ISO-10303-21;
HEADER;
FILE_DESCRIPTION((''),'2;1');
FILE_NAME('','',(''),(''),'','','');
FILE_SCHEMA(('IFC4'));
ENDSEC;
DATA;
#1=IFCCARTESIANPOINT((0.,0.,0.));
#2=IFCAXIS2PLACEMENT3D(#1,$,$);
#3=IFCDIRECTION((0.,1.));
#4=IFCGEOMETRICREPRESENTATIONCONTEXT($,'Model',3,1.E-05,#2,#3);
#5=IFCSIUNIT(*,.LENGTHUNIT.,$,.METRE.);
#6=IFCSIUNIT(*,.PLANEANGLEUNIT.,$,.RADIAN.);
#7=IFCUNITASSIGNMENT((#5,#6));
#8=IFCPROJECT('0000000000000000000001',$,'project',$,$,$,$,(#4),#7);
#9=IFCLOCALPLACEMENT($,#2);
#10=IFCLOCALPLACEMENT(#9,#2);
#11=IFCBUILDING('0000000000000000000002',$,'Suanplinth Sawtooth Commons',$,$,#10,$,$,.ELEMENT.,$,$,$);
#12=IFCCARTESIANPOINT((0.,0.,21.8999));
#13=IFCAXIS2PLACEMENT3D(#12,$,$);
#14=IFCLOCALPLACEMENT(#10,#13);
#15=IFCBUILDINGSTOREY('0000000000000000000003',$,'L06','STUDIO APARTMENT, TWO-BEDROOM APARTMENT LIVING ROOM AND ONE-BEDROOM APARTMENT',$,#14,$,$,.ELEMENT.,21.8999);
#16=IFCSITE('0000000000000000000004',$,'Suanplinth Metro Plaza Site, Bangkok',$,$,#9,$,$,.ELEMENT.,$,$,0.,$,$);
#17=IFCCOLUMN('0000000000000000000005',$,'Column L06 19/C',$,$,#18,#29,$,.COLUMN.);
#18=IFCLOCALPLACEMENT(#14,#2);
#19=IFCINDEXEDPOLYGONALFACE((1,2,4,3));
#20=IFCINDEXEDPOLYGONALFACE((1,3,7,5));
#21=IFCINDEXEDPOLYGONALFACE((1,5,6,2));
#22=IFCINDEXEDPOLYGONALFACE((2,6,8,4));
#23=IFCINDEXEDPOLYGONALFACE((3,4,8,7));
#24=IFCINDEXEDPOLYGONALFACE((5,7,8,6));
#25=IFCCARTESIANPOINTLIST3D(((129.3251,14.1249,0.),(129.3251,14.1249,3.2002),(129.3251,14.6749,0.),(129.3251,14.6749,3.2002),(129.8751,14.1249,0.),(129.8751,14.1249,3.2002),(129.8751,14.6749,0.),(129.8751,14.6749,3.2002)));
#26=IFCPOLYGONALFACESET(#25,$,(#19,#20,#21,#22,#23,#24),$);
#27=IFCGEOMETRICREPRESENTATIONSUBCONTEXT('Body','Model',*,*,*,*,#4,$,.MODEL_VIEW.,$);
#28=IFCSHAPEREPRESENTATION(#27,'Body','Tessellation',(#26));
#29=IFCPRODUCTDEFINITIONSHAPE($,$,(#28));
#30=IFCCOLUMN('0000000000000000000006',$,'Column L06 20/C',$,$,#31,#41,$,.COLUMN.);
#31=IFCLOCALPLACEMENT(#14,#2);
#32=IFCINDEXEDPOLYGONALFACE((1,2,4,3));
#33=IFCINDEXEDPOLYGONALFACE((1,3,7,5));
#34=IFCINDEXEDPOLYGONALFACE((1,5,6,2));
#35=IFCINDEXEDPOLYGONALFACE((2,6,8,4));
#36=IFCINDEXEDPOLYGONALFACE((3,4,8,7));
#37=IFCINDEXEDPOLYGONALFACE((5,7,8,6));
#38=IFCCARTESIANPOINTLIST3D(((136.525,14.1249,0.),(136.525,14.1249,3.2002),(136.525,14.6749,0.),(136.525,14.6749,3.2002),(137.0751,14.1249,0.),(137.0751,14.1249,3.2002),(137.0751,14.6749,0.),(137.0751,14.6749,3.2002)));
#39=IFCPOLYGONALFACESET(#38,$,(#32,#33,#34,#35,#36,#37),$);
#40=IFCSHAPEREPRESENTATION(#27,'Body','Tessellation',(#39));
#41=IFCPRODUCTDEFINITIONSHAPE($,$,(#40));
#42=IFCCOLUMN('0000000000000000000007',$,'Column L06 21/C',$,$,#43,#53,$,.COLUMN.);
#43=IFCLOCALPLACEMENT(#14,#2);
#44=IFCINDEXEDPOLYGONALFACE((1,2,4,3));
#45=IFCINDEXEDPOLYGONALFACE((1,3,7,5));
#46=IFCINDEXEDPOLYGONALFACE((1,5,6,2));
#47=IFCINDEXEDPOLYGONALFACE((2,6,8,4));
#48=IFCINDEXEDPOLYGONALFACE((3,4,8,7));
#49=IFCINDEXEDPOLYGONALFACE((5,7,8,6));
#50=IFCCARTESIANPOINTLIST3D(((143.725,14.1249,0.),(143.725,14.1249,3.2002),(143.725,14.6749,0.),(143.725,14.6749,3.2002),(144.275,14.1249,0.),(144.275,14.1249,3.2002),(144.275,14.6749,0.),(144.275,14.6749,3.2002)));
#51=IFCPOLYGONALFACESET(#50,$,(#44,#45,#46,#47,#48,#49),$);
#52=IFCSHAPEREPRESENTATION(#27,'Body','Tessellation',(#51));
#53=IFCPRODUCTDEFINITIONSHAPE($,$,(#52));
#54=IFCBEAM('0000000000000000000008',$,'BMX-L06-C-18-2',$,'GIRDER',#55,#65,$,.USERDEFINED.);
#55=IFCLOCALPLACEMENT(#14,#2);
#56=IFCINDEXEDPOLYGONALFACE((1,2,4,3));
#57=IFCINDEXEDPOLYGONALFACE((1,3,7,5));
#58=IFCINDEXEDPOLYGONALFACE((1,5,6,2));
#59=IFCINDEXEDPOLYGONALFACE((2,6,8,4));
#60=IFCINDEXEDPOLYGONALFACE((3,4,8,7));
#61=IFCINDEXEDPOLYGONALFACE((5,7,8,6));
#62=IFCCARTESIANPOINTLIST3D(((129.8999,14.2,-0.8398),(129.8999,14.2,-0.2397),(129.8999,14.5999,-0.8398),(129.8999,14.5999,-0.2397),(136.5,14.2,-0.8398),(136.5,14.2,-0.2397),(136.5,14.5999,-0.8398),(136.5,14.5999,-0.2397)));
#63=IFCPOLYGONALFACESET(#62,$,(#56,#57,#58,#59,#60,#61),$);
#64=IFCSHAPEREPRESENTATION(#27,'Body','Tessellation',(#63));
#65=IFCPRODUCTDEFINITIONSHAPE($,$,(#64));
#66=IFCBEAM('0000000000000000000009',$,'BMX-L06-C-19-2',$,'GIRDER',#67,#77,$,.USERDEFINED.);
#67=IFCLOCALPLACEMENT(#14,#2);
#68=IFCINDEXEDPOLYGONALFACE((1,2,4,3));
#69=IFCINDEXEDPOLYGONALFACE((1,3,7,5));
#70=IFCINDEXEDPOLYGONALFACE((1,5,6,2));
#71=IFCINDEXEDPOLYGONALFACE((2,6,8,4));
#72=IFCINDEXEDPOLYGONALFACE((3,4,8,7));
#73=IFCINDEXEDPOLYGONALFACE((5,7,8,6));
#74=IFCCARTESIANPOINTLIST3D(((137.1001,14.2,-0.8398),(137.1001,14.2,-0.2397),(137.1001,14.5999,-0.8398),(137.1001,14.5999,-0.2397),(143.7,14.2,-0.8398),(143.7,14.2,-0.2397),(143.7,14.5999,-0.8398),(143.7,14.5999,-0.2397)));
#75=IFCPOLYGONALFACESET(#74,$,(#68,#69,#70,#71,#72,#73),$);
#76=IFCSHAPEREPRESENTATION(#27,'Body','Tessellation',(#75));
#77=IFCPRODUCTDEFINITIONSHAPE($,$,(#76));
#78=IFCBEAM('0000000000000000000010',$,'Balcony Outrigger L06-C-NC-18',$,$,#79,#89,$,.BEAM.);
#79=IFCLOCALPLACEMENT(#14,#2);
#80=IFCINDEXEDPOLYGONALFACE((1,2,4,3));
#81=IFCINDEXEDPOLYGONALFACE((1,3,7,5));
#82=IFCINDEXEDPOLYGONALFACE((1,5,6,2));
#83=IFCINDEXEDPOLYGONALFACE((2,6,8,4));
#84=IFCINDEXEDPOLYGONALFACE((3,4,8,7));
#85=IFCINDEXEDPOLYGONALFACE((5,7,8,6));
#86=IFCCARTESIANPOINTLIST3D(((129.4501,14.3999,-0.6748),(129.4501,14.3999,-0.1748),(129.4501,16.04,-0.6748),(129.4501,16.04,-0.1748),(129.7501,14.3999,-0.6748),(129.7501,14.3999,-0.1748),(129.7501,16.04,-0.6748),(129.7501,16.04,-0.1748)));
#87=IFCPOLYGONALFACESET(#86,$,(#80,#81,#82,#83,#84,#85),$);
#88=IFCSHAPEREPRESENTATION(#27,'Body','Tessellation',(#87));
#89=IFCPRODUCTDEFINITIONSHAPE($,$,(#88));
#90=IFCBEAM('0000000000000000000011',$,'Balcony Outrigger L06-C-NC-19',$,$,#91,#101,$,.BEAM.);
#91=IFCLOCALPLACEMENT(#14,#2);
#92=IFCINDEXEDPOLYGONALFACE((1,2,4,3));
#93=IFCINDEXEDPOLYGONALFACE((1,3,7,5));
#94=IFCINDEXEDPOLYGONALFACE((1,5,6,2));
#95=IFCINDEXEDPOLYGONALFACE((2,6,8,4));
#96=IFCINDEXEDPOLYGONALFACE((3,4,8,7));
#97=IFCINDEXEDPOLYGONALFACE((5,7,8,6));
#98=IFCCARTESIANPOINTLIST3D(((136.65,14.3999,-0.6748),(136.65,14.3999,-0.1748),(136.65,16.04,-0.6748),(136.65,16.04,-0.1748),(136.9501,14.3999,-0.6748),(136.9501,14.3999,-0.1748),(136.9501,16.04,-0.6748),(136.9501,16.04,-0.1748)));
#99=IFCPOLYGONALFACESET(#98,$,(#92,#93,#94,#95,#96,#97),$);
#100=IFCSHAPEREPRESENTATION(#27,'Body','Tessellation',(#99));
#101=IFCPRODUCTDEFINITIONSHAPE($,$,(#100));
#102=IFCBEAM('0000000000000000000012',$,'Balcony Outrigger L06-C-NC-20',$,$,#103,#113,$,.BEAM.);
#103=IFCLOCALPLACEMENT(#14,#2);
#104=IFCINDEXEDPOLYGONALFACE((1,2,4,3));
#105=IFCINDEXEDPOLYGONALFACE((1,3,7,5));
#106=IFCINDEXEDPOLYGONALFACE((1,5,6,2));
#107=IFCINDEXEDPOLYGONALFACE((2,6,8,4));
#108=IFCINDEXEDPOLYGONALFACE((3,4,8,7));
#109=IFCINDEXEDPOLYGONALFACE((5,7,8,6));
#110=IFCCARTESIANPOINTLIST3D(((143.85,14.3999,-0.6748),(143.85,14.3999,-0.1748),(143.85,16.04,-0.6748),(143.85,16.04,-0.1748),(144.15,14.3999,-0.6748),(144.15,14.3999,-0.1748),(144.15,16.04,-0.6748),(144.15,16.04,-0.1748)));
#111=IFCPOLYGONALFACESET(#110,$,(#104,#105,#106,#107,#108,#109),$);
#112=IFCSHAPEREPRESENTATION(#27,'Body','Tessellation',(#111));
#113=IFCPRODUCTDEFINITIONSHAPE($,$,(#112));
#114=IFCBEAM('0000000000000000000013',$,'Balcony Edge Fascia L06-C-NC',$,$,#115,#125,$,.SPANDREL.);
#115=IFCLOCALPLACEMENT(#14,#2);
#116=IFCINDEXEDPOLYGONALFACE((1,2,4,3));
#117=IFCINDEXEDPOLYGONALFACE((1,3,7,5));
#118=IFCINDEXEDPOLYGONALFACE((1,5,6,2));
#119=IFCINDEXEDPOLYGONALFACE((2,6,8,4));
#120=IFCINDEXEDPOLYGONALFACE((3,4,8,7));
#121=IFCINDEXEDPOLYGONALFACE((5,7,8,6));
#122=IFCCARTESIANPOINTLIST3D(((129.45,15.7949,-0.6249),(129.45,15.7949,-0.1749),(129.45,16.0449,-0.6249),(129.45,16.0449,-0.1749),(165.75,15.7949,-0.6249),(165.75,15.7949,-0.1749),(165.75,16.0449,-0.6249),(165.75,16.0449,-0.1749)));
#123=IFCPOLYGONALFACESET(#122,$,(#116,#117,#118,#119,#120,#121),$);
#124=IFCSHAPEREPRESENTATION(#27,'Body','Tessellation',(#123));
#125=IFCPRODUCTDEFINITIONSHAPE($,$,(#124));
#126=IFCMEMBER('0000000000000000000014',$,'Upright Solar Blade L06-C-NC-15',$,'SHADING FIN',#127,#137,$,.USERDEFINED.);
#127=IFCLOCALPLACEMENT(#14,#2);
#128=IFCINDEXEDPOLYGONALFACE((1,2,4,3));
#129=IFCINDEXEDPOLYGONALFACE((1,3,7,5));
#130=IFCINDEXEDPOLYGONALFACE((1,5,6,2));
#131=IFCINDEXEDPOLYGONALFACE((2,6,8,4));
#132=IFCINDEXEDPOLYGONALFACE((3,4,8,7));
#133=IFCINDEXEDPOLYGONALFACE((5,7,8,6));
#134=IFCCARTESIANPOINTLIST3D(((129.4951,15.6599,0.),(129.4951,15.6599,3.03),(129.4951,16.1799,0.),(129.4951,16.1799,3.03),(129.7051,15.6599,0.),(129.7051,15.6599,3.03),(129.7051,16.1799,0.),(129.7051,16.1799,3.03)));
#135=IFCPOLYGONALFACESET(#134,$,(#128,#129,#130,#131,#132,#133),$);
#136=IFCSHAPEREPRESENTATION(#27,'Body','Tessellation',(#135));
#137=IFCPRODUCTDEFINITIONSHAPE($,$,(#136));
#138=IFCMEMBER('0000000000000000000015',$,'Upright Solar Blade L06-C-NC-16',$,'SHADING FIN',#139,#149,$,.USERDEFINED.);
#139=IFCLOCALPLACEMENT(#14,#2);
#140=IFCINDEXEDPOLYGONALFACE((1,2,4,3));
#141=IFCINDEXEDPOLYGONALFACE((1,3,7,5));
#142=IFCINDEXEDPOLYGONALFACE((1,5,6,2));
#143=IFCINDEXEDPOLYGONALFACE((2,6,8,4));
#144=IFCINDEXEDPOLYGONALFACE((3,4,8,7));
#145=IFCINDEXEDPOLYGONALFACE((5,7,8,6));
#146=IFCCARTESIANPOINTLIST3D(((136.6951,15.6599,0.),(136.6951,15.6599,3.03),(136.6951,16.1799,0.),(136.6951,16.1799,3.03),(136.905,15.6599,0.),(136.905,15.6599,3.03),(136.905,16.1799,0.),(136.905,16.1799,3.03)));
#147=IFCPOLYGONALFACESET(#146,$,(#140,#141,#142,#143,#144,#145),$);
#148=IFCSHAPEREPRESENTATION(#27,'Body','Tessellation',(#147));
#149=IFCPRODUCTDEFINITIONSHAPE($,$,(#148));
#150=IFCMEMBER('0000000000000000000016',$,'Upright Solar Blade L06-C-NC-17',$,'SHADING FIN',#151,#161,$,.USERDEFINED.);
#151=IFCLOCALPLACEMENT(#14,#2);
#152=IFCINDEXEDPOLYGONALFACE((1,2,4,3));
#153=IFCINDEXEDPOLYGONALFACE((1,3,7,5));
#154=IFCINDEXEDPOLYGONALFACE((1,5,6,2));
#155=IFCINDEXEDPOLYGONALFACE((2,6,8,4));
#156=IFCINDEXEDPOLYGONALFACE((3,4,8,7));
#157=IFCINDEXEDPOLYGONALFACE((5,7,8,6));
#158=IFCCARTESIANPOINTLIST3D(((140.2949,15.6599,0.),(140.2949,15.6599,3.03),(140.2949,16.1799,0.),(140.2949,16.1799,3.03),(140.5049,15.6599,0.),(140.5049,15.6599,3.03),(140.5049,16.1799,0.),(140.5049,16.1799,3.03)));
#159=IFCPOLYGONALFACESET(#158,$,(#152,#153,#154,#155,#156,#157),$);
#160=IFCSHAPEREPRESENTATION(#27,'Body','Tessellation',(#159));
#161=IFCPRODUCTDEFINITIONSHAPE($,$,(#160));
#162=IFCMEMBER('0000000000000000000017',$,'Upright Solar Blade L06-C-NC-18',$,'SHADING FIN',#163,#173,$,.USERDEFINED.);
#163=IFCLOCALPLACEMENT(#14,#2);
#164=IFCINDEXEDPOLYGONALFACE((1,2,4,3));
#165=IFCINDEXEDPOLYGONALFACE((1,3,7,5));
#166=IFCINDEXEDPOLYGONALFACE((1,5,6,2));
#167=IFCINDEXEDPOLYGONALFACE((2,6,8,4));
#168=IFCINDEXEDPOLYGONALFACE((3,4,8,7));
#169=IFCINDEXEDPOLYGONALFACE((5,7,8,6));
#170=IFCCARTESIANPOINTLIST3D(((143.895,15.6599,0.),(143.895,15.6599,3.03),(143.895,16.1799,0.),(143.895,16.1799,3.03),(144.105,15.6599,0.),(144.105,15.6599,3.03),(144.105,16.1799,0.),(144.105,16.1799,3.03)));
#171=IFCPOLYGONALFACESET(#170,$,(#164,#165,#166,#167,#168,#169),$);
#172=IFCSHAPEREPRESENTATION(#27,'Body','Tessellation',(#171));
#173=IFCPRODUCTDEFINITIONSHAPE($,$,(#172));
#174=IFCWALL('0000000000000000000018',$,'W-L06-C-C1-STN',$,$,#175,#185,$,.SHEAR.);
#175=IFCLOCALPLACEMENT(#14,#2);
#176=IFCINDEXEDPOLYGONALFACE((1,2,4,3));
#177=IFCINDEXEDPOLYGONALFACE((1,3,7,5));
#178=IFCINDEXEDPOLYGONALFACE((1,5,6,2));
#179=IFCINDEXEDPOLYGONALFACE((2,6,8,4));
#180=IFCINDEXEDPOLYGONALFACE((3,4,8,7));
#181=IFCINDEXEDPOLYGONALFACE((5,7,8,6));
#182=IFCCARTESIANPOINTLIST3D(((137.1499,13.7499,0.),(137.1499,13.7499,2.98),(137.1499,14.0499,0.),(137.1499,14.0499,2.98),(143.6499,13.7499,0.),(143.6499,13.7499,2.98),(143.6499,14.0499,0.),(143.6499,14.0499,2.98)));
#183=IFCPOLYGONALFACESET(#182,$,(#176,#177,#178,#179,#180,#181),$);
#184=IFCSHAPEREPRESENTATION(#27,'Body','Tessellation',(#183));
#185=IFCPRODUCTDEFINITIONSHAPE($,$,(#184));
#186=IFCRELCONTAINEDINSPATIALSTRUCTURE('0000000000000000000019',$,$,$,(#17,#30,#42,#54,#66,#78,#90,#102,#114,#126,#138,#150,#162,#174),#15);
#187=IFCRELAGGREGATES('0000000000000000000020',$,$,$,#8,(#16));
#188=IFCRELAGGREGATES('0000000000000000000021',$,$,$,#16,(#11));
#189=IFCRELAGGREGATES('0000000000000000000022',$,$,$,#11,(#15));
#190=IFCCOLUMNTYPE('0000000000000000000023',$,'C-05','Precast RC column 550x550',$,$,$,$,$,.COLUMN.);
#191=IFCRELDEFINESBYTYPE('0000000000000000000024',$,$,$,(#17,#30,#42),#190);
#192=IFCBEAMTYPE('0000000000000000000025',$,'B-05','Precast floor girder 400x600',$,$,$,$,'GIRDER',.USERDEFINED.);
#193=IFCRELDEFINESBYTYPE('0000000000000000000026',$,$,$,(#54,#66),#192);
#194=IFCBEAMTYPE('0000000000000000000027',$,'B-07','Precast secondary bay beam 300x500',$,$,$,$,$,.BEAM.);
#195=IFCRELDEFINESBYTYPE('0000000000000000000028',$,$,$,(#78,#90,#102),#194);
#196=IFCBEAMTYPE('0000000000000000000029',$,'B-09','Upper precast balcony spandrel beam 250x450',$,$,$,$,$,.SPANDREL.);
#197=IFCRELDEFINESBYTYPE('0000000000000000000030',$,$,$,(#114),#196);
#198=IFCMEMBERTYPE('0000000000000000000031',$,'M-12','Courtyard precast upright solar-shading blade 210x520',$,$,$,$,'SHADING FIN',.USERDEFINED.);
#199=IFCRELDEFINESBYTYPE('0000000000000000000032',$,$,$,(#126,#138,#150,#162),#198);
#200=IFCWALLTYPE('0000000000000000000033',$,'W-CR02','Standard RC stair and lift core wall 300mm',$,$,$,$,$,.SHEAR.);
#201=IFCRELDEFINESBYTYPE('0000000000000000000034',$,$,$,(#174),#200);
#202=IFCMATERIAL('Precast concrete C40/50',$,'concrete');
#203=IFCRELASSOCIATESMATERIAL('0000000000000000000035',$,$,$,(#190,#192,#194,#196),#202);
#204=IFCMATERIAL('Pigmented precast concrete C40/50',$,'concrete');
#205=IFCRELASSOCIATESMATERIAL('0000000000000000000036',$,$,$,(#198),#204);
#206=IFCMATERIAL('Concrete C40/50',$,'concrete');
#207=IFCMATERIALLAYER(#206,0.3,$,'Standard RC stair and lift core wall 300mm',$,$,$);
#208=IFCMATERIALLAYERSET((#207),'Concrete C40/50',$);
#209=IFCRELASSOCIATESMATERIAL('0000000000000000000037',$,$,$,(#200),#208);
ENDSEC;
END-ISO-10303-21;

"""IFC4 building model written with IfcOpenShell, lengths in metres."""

from ifc_helpers import new_model, si_unit, direction, frame, frame_2d, origin, origin_2d, place, context, subcontext, project, spatial, rectangle, extrude, material, layer, layer_set, material_profile, profile_set, type_object, element, save


model = new_model("IFC4")

# Units and contexts
model_context = context("Model", 3, precision=1e-05, world=origin(), true_north=direction((0.0, 1.0)))
body_context = subcontext(model_context, "Body", "Model", "MODEL_VIEW")
ifc_project = project(units=[si_unit("LENGTHUNIT", "METRE"), si_unit("PLANEANGLEUNIT", "RADIAN")], contexts=[model_context])

# Site, building, storey
site_placement = place(None, origin())
site = spatial("IfcSite", under=ifc_project, at=site_placement, Name="Suanplinth Metro Plaza Site, Bangkok", CompositionType="ELEMENT", RefElevation=0.0)
building_placement = place(site_placement, origin())
building = spatial("IfcBuilding", under=site, at=building_placement, Name="Suanplinth Sawtooth Commons", CompositionType="ELEMENT")
storey_placement = place(building_placement, frame((0.0, 0.0, 21.8999)))
storey = spatial("IfcBuildingStorey", under=building, at=storey_placement, Name="L06", Description="STUDIO APARTMENT, TWO-BEDROOM APARTMENT LIVING ROOM AND ONE-BEDROOM APARTMENT", CompositionType="ELEMENT", Elevation=21.8999)

# Columns
ifc_material_1 = material(Name="Precast concrete C40/50", Category="concrete")
ifc_material_profile_1 = material_profile(ifc_material_1, rectangle(XDim=0.55, YDim=0.55, at=origin_2d()), Name="PC-COL 550x550")
ifc_profile_set_1 = profile_set([ifc_material_profile_1], Name="Precast concrete C40/50")
column_type = type_object("IfcColumnType", Name="C-05", Description="Precast RC column 550x550", PredefinedType="COLUMN", material=ifc_profile_set_1)
for number, where, z_axis, x_axis, name in (
    (1, (129.6001, 14.3999, 0.0), (0.0, 0.0, 1.0), (1.0, 0.0, 0.0), "Column L06 19/C"),
    (2, (136.8, 14.3999, 0.0), (0.0, 0.0, 1.0), (1.0, 0.0, 0.0), "Column L06 20/C"),
    (3, (144.0, 14.3999, 0.0), (0.0, 0.0, 1.0), (1.0, 0.0, 0.0), "Column L06 21/C"),
):
    element("IfcColumn", number, at=place(storey_placement, frame(where, z_axis=z_axis, x_axis=x_axis)), inside=storey, type_object=column_type, Name=name, PredefinedType="COLUMN", context=body_context, shape_type="SweptSolid", body=[
        extrude(rectangle(XDim=0.55, YDim=0.55, at=origin_2d()), origin(), (0.0, 0.0, 1.0), 3.2002),
    ])

# Beams
ifc_material_profile_2 = material_profile(ifc_material_1, rectangle(XDim=0.3999, YDim=0.6001, at=origin_2d()), Name="PC-GDR 400x600")
ifc_profile_set_2 = profile_set([ifc_material_profile_2], Name="Precast concrete C40/50")
beam_type_1 = type_object("IfcBeamType", Name="B-05", Description="Precast floor girder 400x600", ElementType="GIRDER", PredefinedType="USERDEFINED", material=ifc_profile_set_2)
beam_1_placement = place(storey_placement, frame((129.8999, 14.3999, -0.5398), z_axis=(1.0, 0.0, 0.0), x_axis=(0.0, 1.0, 0.0)))
element("IfcBeam", 4, at=beam_1_placement, inside=storey, type_object=beam_type_1, Name="BMX-L06-C-18-2", ObjectType="GIRDER", PredefinedType="USERDEFINED", context=body_context, shape_type="SweptSolid", body=[
    extrude(rectangle(XDim=0.3999, YDim=0.6001, at=origin_2d()), origin(), (0.0, 0.0, 1.0), 6.6001),
])
beam_2_placement = place(storey_placement, frame((137.1001, 14.3999, -0.5398), z_axis=(1.0, 0.0, 0.0), x_axis=(0.0, 1.0, 0.0)))
element("IfcBeam", 5, at=beam_2_placement, inside=storey, type_object=beam_type_1, Name="BMX-L06-C-19-2", ObjectType="GIRDER", PredefinedType="USERDEFINED", context=body_context, shape_type="SweptSolid", body=[
    extrude(rectangle(XDim=0.3999, YDim=0.6001, at=origin_2d()), origin(), (0.0, 0.0, 1.0), 6.5999),
])
ifc_material_profile_3 = material_profile(ifc_material_1, rectangle(XDim=0.3, YDim=0.5, at=origin_2d()), Name="PC-BM 300x500")
ifc_profile_set_3 = profile_set([ifc_material_profile_3], Name="Precast concrete C40/50")
beam_type_2 = type_object("IfcBeamType", Name="B-07", Description="Precast secondary bay beam 300x500", PredefinedType="BEAM", material=ifc_profile_set_3)
for number, where, z_axis, x_axis, name in (
    (6, (129.6001, 14.3999, -0.4248), (0.0, 1.0, 0.0), (-1.0, 0.0, 0.0), "Balcony Outrigger L06-C-NC-18"),
    (7, (136.8, 14.3999, -0.4248), (0.0, 1.0, 0.0), (-1.0, 0.0, 0.0), "Balcony Outrigger L06-C-NC-19"),
    (8, (144.0, 14.3999, -0.4248), (0.0, 1.0, 0.0), (-1.0, 0.0, 0.0), "Balcony Outrigger L06-C-NC-20"),
):
    element("IfcBeam", number, at=place(storey_placement, frame(where, z_axis=z_axis, x_axis=x_axis)), inside=storey, type_object=beam_type_2, Name=name, PredefinedType="BEAM", context=body_context, shape_type="SweptSolid", body=[
        extrude(rectangle(XDim=0.3, YDim=0.5, at=origin_2d()), origin(), (0.0, 0.0, 1.0), 1.6401),
    ])
ifc_material_profile_4 = material_profile(ifc_material_1, rectangle(XDim=0.25, YDim=0.45, at=origin_2d()), Name="PC-SP 250x450")
ifc_profile_set_4 = profile_set([ifc_material_profile_4], Name="Precast concrete C40/50")
beam_type_3 = type_object("IfcBeamType", Name="B-09", Description="Upper precast balcony spandrel beam 250x450", PredefinedType="SPANDREL", material=ifc_profile_set_4)
beam_3_placement = place(storey_placement, frame((129.45, 15.9199, -0.3999), z_axis=(1.0, 0.0, 0.0), x_axis=(0.0, 1.0, 0.0)))
element("IfcBeam", 9, at=beam_3_placement, inside=storey, type_object=beam_type_3, Name="Balcony Edge Fascia L06-C-NC", PredefinedType="SPANDREL", context=body_context, shape_type="SweptSolid", body=[
    extrude(rectangle(XDim=0.25, YDim=0.45, at=origin_2d()), origin(), (0.0, 0.0, 1.0), 36.3),
])

# Members
ifc_material_2 = material(Name="Pigmented precast concrete C40/50", Category="concrete")
ifc_material_profile_5 = material_profile(ifc_material_2, rectangle(XDim=0.21, YDim=0.52, at=origin_2d()), Name="PC-FIN 210x520")
ifc_profile_set_5 = profile_set([ifc_material_profile_5], Name="Pigmented precast concrete C40/50")
member_type = type_object("IfcMemberType", Name="M-12", Description="Courtyard precast upright solar-shading blade 210x520", ElementType="SHADING FIN", PredefinedType="USERDEFINED", material=ifc_profile_set_5)
for number, where, z_axis, x_axis, name in (
    (10, (129.6001, 15.9199, 0.0), (0.0, 0.0, 1.0), (1.0, 0.0, 0.0), "Upright Solar Blade L06-C-NC-15"),
    (11, (136.8, 15.9199, 0.0), (0.0, 0.0, 1.0), (1.0, 0.0, 0.0), "Upright Solar Blade L06-C-NC-16"),
    (12, (140.3999, 15.9199, 0.0), (0.0, 0.0, 1.0), (1.0, 0.0, 0.0), "Upright Solar Blade L06-C-NC-17"),
    (13, (144.0, 15.9199, 0.0), (0.0, 0.0, 1.0), (1.0, 0.0, 0.0), "Upright Solar Blade L06-C-NC-18"),
):
    element("IfcMember", number, at=place(storey_placement, frame(where, z_axis=z_axis, x_axis=x_axis)), inside=storey, type_object=member_type, Name=name, ObjectType="SHADING FIN", PredefinedType="USERDEFINED", context=body_context, shape_type="SweptSolid", body=[
        extrude(rectangle(XDim=0.21, YDim=0.52, at=origin_2d()), origin(), (0.0, 0.0, 1.0), 3.03),
    ])

# Wall
ifc_material_3 = material(Name="Concrete C40/50", Category="concrete")
ifc_layer_1 = layer(ifc_material_3, 0.3, Name="Standard RC stair and lift core wall 300mm")
ifc_layer_set_1 = layer_set([ifc_layer_1], Name="Concrete C40/50")
wall_type_1 = type_object("IfcWallType", Name="W-CR02", Description="Standard RC stair and lift core wall 300mm", PredefinedType="SHEAR", material=ifc_layer_set_1)
wall_1_placement = place(storey_placement, frame((137.1499, 13.8999, 0.0), z_axis=(0.0, 0.0, 1.0), x_axis=(1.0, 0.0, 0.0)))
element("IfcWall", 14, at=wall_1_placement, inside=storey, type_object=wall_type_1, Name="W-L06-C-C1-STN", PredefinedType="SHEAR", context=body_context, shape_type="SweptSolid", body=[
    extrude(rectangle(XDim=6.5, YDim=0.3, at=frame_2d((3.25, 0.0))), origin(), (0.0, 0.0, 1.0), 2.98),
])

save(model, "model.ifc")
